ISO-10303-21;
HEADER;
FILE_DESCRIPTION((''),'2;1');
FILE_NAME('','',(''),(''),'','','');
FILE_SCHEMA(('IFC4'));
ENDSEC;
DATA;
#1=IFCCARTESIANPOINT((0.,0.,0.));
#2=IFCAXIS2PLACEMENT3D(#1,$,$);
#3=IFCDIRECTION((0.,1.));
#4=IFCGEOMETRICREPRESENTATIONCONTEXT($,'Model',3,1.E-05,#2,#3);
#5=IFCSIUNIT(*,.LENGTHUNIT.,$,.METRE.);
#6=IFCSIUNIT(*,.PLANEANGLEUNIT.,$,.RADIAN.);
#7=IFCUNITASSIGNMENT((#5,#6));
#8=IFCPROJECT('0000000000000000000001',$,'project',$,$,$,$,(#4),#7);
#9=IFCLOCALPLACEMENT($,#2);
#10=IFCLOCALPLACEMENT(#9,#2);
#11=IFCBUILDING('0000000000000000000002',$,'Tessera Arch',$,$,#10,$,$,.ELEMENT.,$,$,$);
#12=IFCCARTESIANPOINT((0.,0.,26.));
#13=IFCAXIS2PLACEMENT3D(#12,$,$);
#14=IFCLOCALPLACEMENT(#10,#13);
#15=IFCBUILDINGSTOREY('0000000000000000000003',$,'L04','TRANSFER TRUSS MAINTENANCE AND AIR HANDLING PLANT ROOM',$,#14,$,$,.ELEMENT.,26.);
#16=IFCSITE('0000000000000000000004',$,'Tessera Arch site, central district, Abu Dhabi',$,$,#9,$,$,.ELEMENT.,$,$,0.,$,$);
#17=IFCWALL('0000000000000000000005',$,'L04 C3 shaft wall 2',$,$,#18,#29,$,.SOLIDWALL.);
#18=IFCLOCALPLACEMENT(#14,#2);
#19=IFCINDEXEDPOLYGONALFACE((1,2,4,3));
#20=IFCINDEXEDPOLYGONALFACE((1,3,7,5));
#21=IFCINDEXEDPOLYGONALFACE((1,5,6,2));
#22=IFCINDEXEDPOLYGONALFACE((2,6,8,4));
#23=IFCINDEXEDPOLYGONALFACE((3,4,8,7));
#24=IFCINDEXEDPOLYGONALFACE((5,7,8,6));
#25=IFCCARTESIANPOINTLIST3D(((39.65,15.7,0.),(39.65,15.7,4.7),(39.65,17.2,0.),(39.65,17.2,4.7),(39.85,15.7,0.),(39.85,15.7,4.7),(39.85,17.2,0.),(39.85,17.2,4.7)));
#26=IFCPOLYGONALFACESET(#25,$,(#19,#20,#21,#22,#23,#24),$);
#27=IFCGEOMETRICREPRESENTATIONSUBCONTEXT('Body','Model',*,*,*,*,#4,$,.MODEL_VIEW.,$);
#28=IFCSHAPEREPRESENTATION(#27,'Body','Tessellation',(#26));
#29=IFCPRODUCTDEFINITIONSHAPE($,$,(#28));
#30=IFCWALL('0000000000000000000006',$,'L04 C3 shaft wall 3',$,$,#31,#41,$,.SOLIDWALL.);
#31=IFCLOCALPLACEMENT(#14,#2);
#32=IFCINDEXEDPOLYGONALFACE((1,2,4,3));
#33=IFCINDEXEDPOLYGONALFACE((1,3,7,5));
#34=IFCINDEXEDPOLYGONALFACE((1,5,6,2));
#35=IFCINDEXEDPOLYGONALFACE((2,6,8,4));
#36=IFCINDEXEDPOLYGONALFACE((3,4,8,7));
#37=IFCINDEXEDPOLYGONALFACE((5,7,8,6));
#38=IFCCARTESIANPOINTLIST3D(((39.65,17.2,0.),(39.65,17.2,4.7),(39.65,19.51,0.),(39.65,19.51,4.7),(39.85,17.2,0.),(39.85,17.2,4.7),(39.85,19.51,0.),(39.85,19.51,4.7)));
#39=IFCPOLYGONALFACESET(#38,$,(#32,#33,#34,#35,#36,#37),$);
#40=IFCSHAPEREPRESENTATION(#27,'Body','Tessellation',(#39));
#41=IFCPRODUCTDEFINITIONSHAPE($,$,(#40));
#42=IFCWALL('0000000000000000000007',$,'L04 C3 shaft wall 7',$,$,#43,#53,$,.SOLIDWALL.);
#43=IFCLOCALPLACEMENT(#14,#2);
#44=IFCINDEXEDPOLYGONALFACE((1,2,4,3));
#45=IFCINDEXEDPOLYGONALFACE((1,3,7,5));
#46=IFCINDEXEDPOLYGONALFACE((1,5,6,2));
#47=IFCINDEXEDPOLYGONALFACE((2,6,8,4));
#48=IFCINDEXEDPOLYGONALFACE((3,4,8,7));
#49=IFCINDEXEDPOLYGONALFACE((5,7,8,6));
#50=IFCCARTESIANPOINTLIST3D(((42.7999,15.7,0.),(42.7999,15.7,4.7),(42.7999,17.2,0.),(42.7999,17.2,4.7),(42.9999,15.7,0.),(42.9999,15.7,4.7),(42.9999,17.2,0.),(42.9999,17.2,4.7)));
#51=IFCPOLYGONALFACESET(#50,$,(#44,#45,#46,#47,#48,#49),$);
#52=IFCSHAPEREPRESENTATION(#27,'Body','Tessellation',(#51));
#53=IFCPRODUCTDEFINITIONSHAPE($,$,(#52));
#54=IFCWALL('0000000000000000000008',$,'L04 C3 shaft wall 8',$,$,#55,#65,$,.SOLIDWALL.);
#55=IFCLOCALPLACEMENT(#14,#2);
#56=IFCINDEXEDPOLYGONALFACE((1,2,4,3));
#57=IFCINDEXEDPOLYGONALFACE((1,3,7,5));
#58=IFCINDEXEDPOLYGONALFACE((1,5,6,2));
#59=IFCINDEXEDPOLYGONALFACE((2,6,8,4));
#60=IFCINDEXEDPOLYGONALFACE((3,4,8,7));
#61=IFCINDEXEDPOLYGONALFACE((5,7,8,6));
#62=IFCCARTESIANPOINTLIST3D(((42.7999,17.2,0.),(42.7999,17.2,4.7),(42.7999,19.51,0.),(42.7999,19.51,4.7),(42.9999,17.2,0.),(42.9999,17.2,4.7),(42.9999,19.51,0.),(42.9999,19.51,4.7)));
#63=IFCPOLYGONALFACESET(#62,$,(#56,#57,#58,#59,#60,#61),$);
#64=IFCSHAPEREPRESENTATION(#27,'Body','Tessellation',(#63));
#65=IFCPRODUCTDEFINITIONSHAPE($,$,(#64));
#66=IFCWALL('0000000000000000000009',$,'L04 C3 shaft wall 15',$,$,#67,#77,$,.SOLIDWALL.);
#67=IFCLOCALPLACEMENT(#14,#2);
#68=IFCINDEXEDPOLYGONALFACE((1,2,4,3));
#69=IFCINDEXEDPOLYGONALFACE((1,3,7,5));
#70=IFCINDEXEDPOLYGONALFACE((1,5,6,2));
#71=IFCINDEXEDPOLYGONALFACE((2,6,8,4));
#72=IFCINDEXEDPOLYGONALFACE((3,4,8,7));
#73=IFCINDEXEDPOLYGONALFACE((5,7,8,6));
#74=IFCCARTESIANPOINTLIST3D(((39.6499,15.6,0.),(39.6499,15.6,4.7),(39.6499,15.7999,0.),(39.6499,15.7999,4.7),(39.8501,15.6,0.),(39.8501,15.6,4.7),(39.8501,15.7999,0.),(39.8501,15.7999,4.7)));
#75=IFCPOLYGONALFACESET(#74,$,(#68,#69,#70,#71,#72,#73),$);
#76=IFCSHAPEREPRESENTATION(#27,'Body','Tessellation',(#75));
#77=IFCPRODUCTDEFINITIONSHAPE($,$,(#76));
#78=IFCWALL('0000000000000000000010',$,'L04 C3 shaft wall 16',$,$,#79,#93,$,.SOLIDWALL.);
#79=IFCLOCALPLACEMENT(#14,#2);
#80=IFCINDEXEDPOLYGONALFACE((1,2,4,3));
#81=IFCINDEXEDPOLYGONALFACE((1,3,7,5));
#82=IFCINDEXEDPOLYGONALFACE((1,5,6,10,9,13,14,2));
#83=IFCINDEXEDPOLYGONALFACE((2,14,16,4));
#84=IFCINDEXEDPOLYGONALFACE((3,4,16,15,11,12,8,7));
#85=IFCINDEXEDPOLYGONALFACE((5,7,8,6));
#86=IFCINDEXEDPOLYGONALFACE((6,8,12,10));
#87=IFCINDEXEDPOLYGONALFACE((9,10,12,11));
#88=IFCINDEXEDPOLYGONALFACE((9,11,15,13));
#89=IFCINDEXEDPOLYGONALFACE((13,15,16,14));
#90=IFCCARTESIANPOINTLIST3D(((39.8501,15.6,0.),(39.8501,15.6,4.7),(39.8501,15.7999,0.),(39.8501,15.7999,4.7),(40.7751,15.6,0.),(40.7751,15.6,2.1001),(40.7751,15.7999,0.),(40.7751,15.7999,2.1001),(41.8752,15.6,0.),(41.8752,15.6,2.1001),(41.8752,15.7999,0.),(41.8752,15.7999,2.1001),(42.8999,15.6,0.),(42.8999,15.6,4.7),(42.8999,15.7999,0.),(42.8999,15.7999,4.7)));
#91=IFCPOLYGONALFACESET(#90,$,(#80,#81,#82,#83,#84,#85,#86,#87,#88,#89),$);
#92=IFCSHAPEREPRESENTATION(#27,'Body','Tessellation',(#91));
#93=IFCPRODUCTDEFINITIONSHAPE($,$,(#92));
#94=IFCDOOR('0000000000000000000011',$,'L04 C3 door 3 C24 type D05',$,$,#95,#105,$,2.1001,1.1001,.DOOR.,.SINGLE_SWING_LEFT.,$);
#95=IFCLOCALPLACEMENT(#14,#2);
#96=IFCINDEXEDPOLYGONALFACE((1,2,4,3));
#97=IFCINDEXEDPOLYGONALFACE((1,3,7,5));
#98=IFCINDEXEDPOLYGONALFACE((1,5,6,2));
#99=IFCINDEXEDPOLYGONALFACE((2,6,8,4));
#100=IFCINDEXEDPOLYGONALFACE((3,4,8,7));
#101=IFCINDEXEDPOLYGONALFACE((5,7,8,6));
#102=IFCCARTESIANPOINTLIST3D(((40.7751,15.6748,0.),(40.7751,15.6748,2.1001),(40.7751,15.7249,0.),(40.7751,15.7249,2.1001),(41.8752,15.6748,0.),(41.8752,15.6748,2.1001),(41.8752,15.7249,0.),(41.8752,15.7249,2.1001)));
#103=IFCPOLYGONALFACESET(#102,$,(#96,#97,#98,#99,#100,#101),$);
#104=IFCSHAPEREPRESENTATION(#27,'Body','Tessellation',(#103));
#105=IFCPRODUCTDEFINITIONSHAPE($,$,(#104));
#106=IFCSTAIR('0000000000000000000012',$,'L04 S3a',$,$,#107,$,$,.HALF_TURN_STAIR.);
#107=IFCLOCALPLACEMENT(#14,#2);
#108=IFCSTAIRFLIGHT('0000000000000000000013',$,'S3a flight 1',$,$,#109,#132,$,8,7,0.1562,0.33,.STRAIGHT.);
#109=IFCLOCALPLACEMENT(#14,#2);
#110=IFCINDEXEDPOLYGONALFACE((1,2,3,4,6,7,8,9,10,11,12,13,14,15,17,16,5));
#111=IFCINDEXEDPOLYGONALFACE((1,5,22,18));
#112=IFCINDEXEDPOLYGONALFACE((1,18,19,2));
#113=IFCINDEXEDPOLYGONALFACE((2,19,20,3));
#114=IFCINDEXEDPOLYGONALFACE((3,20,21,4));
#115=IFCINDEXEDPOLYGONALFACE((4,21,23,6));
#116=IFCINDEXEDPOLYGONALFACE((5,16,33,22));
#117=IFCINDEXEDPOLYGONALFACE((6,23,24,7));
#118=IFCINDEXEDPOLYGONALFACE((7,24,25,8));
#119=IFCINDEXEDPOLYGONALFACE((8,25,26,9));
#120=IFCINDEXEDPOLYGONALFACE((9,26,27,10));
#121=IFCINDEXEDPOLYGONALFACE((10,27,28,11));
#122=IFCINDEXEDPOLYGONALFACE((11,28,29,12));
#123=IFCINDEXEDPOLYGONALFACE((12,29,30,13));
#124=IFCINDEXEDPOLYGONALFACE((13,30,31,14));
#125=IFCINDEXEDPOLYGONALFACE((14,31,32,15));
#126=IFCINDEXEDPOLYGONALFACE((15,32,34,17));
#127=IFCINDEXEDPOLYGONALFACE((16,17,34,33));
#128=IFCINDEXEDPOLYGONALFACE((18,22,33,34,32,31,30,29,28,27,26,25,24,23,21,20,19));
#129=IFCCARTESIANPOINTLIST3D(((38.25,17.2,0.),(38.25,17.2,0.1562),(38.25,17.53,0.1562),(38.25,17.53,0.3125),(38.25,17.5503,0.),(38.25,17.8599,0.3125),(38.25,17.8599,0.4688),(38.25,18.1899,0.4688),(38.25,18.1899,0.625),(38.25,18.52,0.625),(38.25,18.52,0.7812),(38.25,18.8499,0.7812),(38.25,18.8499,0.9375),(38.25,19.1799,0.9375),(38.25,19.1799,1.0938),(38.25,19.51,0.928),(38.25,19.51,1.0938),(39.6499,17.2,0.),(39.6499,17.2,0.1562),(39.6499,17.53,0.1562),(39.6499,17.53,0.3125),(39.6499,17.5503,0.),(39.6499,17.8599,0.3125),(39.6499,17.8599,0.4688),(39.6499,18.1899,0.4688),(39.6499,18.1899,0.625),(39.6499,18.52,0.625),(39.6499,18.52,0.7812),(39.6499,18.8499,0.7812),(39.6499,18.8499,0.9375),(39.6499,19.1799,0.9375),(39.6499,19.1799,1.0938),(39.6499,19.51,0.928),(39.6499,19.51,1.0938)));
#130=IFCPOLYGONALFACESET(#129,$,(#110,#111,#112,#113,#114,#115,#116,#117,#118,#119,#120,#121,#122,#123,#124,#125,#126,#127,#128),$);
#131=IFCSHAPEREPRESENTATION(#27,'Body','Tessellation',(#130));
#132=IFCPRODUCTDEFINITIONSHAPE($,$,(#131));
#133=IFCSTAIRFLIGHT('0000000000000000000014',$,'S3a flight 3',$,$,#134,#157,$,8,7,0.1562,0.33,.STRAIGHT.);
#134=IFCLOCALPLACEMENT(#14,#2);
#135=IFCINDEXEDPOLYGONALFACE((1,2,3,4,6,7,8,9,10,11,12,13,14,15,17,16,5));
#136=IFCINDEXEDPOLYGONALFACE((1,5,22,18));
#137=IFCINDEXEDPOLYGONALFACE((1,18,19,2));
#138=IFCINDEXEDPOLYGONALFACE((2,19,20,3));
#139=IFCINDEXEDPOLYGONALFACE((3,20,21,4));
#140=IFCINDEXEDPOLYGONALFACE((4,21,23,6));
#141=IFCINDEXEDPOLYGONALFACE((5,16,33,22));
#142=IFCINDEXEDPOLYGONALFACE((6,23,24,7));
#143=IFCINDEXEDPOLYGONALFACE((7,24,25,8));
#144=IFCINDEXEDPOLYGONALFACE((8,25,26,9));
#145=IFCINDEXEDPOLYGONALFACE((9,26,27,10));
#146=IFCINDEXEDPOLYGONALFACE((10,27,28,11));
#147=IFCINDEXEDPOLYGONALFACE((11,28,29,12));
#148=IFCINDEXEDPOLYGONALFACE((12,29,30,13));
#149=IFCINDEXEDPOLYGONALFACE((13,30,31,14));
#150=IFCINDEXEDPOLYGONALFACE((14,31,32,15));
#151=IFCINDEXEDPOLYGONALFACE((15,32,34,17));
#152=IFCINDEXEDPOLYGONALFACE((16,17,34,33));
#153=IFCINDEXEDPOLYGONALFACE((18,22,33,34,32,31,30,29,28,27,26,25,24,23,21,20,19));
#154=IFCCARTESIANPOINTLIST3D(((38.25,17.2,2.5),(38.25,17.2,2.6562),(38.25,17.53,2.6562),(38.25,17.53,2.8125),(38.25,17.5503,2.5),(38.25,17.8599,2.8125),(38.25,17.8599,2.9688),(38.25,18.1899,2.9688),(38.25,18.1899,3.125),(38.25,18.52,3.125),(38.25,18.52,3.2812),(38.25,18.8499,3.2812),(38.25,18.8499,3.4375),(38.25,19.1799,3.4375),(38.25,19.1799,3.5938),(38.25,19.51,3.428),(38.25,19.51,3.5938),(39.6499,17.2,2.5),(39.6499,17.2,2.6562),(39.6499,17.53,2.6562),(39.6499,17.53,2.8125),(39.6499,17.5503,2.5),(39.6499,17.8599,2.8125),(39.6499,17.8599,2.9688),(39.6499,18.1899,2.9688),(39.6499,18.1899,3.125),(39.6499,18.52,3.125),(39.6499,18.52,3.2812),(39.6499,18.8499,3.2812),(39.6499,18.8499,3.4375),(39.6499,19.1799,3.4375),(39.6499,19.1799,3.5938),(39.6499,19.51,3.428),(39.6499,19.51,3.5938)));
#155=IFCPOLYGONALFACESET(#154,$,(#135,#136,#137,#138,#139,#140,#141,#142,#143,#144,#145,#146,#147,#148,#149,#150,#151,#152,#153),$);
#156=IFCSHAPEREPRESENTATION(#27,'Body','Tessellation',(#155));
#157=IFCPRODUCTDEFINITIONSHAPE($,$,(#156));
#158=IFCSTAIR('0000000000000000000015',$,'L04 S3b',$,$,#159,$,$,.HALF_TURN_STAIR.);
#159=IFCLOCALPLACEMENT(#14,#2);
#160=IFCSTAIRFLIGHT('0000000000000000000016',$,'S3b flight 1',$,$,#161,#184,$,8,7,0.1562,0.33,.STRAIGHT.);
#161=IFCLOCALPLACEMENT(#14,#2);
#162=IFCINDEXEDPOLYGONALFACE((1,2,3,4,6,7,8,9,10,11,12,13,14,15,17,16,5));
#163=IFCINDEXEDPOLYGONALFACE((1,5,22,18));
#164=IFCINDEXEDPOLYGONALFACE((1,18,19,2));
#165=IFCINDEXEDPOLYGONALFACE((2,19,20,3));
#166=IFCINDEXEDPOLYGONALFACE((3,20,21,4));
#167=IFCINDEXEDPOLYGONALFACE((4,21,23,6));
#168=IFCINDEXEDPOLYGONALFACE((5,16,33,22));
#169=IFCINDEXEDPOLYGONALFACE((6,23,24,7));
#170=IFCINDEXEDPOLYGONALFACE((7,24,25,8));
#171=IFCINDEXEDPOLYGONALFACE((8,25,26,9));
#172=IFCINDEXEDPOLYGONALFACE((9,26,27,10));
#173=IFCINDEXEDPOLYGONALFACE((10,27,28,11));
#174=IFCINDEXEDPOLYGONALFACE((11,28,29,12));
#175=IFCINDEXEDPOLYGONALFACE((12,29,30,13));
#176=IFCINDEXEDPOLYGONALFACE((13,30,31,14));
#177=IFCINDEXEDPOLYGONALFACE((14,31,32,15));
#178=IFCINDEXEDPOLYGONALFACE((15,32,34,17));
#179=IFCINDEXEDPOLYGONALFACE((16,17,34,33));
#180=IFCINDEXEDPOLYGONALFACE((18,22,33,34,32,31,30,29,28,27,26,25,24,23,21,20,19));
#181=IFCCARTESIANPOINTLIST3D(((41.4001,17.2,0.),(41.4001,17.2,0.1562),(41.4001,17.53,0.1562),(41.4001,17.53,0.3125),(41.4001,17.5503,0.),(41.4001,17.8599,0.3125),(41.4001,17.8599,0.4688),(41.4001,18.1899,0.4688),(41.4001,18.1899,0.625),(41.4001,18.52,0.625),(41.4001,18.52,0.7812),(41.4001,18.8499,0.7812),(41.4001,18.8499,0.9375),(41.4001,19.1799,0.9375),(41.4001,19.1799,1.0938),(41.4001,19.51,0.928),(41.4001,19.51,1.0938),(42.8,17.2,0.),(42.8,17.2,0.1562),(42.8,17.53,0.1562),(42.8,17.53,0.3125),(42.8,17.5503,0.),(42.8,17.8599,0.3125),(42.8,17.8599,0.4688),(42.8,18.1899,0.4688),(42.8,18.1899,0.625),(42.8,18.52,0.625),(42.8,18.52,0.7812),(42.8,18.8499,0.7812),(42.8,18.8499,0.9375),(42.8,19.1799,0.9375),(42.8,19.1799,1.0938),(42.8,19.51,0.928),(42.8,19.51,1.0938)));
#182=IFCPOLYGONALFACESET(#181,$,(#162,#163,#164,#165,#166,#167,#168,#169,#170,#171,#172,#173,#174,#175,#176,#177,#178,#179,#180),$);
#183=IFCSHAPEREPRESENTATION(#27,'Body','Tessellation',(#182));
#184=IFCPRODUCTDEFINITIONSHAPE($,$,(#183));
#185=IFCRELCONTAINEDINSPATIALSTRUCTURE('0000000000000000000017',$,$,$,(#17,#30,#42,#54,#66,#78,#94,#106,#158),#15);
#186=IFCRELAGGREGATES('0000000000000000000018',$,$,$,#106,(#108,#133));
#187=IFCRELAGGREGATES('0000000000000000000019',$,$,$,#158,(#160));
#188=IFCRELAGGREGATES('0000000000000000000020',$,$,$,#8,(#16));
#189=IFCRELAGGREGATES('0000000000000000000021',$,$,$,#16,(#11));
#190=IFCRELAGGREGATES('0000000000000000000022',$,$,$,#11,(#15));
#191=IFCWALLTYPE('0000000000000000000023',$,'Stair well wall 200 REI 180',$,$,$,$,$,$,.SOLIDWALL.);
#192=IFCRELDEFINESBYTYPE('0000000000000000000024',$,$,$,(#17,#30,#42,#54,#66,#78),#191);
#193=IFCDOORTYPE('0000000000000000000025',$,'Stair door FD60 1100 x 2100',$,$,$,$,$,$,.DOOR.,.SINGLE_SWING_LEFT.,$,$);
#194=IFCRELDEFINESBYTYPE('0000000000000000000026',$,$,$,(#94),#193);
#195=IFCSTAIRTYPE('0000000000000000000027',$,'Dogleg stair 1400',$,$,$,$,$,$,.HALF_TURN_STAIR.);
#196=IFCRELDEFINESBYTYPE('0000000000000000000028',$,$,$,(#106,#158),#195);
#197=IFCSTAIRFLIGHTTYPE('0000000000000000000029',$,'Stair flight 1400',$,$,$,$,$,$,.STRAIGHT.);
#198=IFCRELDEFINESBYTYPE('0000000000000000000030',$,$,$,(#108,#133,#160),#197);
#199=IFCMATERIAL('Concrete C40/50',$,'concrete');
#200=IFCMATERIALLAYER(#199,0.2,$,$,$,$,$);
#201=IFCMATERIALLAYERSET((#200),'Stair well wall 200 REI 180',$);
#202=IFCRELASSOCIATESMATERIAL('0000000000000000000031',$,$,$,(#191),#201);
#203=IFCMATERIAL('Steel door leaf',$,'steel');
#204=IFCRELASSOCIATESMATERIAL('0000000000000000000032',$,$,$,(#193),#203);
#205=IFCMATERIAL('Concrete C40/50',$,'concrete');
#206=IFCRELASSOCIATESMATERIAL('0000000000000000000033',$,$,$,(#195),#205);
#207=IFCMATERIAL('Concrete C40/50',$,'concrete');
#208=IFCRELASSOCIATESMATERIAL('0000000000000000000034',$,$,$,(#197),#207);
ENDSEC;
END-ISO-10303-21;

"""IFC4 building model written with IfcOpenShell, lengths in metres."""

from ifc_helpers import new_model, si_unit, direction, frame, frame_2d, origin, place, context, subcontext, project, spatial, polyline, rectangle, outline, extrude, material, layer, layer_set, type_object, element, fill, aggregate, save


model = new_model("IFC4")

# Units and contexts
model_context = context("Model", 3, precision=1e-05, world=origin(), true_north=direction((0.0, 1.0)))
body_context = subcontext(model_context, "Body", "Model", "MODEL_VIEW")
ifc_project = project(units=[si_unit("LENGTHUNIT", "METRE"), si_unit("PLANEANGLEUNIT", "RADIAN")], contexts=[model_context])

# Site, building, storey
site_placement = place(None, origin())
site = spatial("IfcSite", under=ifc_project, at=site_placement, Name="Tessera Arch site, central district, Abu Dhabi", CompositionType="ELEMENT", RefElevation=0.0)
building_placement = place(site_placement, origin())
building = spatial("IfcBuilding", under=site, at=building_placement, Name="Tessera Arch", CompositionType="ELEMENT")
storey_placement = place(building_placement, frame((0.0, 0.0, 26.0)))
storey = spatial("IfcBuildingStorey", under=building, at=storey_placement, Name="L04", Description="TRANSFER TRUSS MAINTENANCE AND AIR HANDLING PLANT ROOM", CompositionType="ELEMENT", Elevation=26.0)

# Walls
ifc_material_1 = material(Name="Concrete C40/50", Category="concrete")
ifc_layer_1 = layer(ifc_material_1, 0.2)
ifc_layer_set_1 = layer_set([ifc_layer_1], Name="Stair well wall 200 REI 180")
wall_type_1 = type_object("IfcWallType", Name="Stair well wall 200 REI 180", PredefinedType="SOLIDWALL", material=ifc_layer_set_1)
wall_1_placement = place(storey_placement, frame((39.75, 15.7, 0.0), z_axis=(0.0, 0.0, 1.0), x_axis=(0.0, 1.0, 0.0)))
element("IfcWall", 1, at=wall_1_placement, inside=storey, type_object=wall_type_1, Name="L04 C3 shaft wall 2", PredefinedType="SOLIDWALL", context=body_context, shape_type="SweptSolid", body=[
    extrude(rectangle(XDim=1.5, YDim=0.2, at=frame_2d((0.75, 0.0))), origin(), (0.0, 0.0, 1.0), 4.7),
])
wall_2_placement = place(storey_placement, frame((39.75, 17.2, 0.0), z_axis=(0.0, 0.0, 1.0), x_axis=(0.0, 1.0, 0.0)))
element("IfcWall", 2, at=wall_2_placement, inside=storey, type_object=wall_type_1, Name="L04 C3 shaft wall 3", PredefinedType="SOLIDWALL", context=body_context, shape_type="SweptSolid", body=[
    extrude(rectangle(XDim=2.3101, YDim=0.2, at=frame_2d((1.155, 0.0))), origin(), (0.0, 0.0, 1.0), 4.7),
])
wall_3_placement = place(storey_placement, frame((42.8999, 15.7, 0.0), z_axis=(0.0, 0.0, 1.0), x_axis=(0.0, 1.0, 0.0)))
element("IfcWall", 3, at=wall_3_placement, inside=storey, type_object=wall_type_1, Name="L04 C3 shaft wall 7", PredefinedType="SOLIDWALL", context=body_context, shape_type="SweptSolid", body=[
    extrude(rectangle(XDim=1.5, YDim=0.2, at=frame_2d((0.75, 0.0))), origin(), (0.0, 0.0, 1.0), 4.7),
])
wall_4_placement = place(storey_placement, frame((42.8999, 17.2, 0.0), z_axis=(0.0, 0.0, 1.0), x_axis=(0.0, 1.0, 0.0)))
element("IfcWall", 4, at=wall_4_placement, inside=storey, type_object=wall_type_1, Name="L04 C3 shaft wall 8", PredefinedType="SOLIDWALL", context=body_context, shape_type="SweptSolid", body=[
    extrude(rectangle(XDim=2.3101, YDim=0.2, at=frame_2d((1.155, 0.0))), origin(), (0.0, 0.0, 1.0), 4.7),
])
wall_5_placement = place(storey_placement, frame((39.6499, 15.7, 0.0), z_axis=(0.0, 0.0, 1.0), x_axis=(1.0, 0.0, 0.0)))
element("IfcWall", 5, at=wall_5_placement, inside=storey, type_object=wall_type_1, Name="L04 C3 shaft wall 15", PredefinedType="SOLIDWALL", context=body_context, shape_type="SweptSolid", body=[
    extrude(rectangle(XDim=0.2002, YDim=0.2, at=frame_2d((0.1001, 0.0))), origin(), (0.0, 0.0, 1.0), 4.7),
])

# Wall, opening, door
wall_6_placement = place(storey_placement, frame((39.8501, 15.7, 0.0), z_axis=(0.0, 0.0, 1.0), x_axis=(1.0, 0.0, 0.0)))
wall_6 = element("IfcWall", 6, at=wall_6_placement, inside=storey, type_object=wall_type_1, Name="L04 C3 shaft wall 16", PredefinedType="SOLIDWALL", context=body_context, shape_type="SweptSolid", body=[
    extrude(rectangle(XDim=3.0498, YDim=0.2, at=frame_2d((1.5249, 0.0))), origin(), (0.0, 0.0, 1.0), 4.7),
])
opening_1_placement = place(wall_6_placement, frame((0.925, 0.0, 0.0)))
opening_1 = element("IfcOpeningElement", 7, at=opening_1_placement, cuts=wall_6, PredefinedType="OPENING", context=body_context, shape_type="SweptSolid", body=[
    extrude(rectangle(XDim=1.1001, YDim=2.1001, at=frame_2d((0.55, 1.05))), frame((0.0, 0.1099, 0.0), z_axis=(0.0, -1.0, 0.0), x_axis=(1.0, 0.0, 0.0)), (0.0, 0.0, 1.0), 0.22),
])
ifc_material_2 = material(Name="Steel door leaf", Category="steel")
door_type_1 = type_object("IfcDoorType", Name="Stair door FD60 1100 x 2100", OperationType="SINGLE_SWING_LEFT", PredefinedType="DOOR", material=ifc_material_2)
door_1_placement = place(opening_1_placement, origin())
door_1 = element("IfcDoor", 8, at=door_1_placement, inside=storey, type_object=door_type_1, Name="L04 C3 door 3 C24 type D05", OperationType="SINGLE_SWING_LEFT", OverallHeight=2.1001, OverallWidth=1.1001, PredefinedType="DOOR", context=body_context, shape_type="SweptSolid", body=[
    extrude(rectangle(XDim=1.1001, YDim=2.1001, at=frame_2d((0.55, 1.05))), frame((0.0, 0.0249, 0.0), z_axis=(0.0, -1.0, 0.0), x_axis=(1.0, 0.0, 0.0)), (0.0, 0.0, 1.0), 0.05),
])
fill(opening_1, door_1)

# Stairs, stair flights
ifc_material_3 = material(Name="Concrete C40/50", Category="concrete")
stair_type = type_object("IfcStairType", Name="Dogleg stair 1400", PredefinedType="HALF_TURN_STAIR", material=ifc_material_3)
stair_1_placement = place(storey_placement, origin())
stair_1 = element("IfcStair", 9, at=stair_1_placement, inside=storey, type_object=stair_type, Name="L04 S3a", PredefinedType="HALF_TURN_STAIR")
ifc_material_4 = material(Name="Concrete C40/50", Category="concrete")
stair_flight_type = type_object("IfcStairFlightType", Name="Stair flight 1400", PredefinedType="STRAIGHT", material=ifc_material_4)
stair_flight_1_placement = place(storey_placement, frame((38.95, 17.2, 0.0), z_axis=(0.0, 0.0, 1.0), x_axis=(0.0, 1.0, 0.0)))
stair_flight_1 = element("IfcStairFlight", 10, at=stair_flight_1_placement, type_object=stair_flight_type, Name="S3a flight 1", NumberOfRisers=8, NumberOfTreads=7, PredefinedType="STRAIGHT", RiserHeight=0.1562, TreadLength=0.33, context=body_context, shape_type="SweptSolid", body=[
    extrude(outline(polyline([(0.0, 0.0), (0.0, 0.1562), (0.3301, 0.1562), (0.3301, 0.3125), (0.6599, 0.3125), (0.6599, 0.4688), (0.99, 0.4688), (0.99, 0.625), (1.3201, 0.625), (1.3201, 0.7812), (1.6499, 0.7812), (1.6499, 0.9375), (1.98, 0.9375), (1.98, 1.0938), (2.3101, 1.0938), (2.3101, 1.25), (2.3101, 0.928), (0.3503, 0.0), (0.0, 0.0)])), frame((0.0, 0.7, 0.0), z_axis=(0.0, -1.0, 0.0), x_axis=(1.0, 0.0, 0.0)), (0.0, 0.0, 1.0), 1.3999),
])
stair_flight_2_placement = place(storey_placement, frame((38.95, 17.2, 2.5), z_axis=(0.0, 0.0, 1.0), x_axis=(0.0, 1.0, 0.0)))
stair_flight_2 = element("IfcStairFlight", 11, at=stair_flight_2_placement, type_object=stair_flight_type, Name="S3a flight 3", NumberOfRisers=8, NumberOfTreads=7, PredefinedType="STRAIGHT", RiserHeight=0.1562, TreadLength=0.33, context=body_context, shape_type="SweptSolid", body=[
    extrude(outline(polyline([(0.0, 0.0), (0.0, 0.1562), (0.3301, 0.1562), (0.3301, 0.3125), (0.6599, 0.3125), (0.6599, 0.4688), (0.99, 0.4688), (0.99, 0.625), (1.3201, 0.625), (1.3201, 0.7812), (1.6499, 0.7812), (1.6499, 0.9375), (1.98, 0.9375), (1.98, 1.0938), (2.3101, 1.0938), (2.3101, 1.25), (2.3101, 0.928), (0.3503, 0.0), (0.0, 0.0)])), frame((0.0, 0.7, 0.0), z_axis=(0.0, -1.0, 0.0), x_axis=(1.0, 0.0, 0.0)), (0.0, 0.0, 1.0), 1.3999),
])
aggregate(stair_1, [stair_flight_1, stair_flight_2])
stair_2_placement = place(storey_placement, origin())
stair_2 = element("IfcStair", 12, at=stair_2_placement, inside=storey, type_object=stair_type, Name="L04 S3b", PredefinedType="HALF_TURN_STAIR")
stair_flight_3_placement = place(storey_placement, frame((42.1001, 17.2, 0.0), z_axis=(0.0, 0.0, 1.0), x_axis=(0.0, 1.0, 0.0)))
stair_flight_3 = element("IfcStairFlight", 13, at=stair_flight_3_placement, type_object=stair_flight_type, Name="S3b flight 1", NumberOfRisers=8, NumberOfTreads=7, PredefinedType="STRAIGHT", RiserHeight=0.1562, TreadLength=0.33, context=body_context, shape_type="SweptSolid", body=[
    extrude(outline(polyline([(0.0, 0.0), (0.0, 0.1562), (0.3301, 0.1562), (0.3301, 0.3125), (0.6599, 0.3125), (0.6599, 0.4688), (0.99, 0.4688), (0.99, 0.625), (1.3201, 0.625), (1.3201, 0.7812), (1.6499, 0.7812), (1.6499, 0.9375), (1.98, 0.9375), (1.98, 1.0938), (2.3101, 1.0938), (2.3101, 1.25), (2.3101, 0.928), (0.3503, 0.0), (0.0, 0.0)])), frame((0.0, 0.7, 0.0), z_axis=(0.0, -1.0, 0.0), x_axis=(1.0, 0.0, 0.0)), (0.0, 0.0, 1.0), 1.3999),
])
aggregate(stair_2, [stair_flight_3])

save(model, "model.ifc")
